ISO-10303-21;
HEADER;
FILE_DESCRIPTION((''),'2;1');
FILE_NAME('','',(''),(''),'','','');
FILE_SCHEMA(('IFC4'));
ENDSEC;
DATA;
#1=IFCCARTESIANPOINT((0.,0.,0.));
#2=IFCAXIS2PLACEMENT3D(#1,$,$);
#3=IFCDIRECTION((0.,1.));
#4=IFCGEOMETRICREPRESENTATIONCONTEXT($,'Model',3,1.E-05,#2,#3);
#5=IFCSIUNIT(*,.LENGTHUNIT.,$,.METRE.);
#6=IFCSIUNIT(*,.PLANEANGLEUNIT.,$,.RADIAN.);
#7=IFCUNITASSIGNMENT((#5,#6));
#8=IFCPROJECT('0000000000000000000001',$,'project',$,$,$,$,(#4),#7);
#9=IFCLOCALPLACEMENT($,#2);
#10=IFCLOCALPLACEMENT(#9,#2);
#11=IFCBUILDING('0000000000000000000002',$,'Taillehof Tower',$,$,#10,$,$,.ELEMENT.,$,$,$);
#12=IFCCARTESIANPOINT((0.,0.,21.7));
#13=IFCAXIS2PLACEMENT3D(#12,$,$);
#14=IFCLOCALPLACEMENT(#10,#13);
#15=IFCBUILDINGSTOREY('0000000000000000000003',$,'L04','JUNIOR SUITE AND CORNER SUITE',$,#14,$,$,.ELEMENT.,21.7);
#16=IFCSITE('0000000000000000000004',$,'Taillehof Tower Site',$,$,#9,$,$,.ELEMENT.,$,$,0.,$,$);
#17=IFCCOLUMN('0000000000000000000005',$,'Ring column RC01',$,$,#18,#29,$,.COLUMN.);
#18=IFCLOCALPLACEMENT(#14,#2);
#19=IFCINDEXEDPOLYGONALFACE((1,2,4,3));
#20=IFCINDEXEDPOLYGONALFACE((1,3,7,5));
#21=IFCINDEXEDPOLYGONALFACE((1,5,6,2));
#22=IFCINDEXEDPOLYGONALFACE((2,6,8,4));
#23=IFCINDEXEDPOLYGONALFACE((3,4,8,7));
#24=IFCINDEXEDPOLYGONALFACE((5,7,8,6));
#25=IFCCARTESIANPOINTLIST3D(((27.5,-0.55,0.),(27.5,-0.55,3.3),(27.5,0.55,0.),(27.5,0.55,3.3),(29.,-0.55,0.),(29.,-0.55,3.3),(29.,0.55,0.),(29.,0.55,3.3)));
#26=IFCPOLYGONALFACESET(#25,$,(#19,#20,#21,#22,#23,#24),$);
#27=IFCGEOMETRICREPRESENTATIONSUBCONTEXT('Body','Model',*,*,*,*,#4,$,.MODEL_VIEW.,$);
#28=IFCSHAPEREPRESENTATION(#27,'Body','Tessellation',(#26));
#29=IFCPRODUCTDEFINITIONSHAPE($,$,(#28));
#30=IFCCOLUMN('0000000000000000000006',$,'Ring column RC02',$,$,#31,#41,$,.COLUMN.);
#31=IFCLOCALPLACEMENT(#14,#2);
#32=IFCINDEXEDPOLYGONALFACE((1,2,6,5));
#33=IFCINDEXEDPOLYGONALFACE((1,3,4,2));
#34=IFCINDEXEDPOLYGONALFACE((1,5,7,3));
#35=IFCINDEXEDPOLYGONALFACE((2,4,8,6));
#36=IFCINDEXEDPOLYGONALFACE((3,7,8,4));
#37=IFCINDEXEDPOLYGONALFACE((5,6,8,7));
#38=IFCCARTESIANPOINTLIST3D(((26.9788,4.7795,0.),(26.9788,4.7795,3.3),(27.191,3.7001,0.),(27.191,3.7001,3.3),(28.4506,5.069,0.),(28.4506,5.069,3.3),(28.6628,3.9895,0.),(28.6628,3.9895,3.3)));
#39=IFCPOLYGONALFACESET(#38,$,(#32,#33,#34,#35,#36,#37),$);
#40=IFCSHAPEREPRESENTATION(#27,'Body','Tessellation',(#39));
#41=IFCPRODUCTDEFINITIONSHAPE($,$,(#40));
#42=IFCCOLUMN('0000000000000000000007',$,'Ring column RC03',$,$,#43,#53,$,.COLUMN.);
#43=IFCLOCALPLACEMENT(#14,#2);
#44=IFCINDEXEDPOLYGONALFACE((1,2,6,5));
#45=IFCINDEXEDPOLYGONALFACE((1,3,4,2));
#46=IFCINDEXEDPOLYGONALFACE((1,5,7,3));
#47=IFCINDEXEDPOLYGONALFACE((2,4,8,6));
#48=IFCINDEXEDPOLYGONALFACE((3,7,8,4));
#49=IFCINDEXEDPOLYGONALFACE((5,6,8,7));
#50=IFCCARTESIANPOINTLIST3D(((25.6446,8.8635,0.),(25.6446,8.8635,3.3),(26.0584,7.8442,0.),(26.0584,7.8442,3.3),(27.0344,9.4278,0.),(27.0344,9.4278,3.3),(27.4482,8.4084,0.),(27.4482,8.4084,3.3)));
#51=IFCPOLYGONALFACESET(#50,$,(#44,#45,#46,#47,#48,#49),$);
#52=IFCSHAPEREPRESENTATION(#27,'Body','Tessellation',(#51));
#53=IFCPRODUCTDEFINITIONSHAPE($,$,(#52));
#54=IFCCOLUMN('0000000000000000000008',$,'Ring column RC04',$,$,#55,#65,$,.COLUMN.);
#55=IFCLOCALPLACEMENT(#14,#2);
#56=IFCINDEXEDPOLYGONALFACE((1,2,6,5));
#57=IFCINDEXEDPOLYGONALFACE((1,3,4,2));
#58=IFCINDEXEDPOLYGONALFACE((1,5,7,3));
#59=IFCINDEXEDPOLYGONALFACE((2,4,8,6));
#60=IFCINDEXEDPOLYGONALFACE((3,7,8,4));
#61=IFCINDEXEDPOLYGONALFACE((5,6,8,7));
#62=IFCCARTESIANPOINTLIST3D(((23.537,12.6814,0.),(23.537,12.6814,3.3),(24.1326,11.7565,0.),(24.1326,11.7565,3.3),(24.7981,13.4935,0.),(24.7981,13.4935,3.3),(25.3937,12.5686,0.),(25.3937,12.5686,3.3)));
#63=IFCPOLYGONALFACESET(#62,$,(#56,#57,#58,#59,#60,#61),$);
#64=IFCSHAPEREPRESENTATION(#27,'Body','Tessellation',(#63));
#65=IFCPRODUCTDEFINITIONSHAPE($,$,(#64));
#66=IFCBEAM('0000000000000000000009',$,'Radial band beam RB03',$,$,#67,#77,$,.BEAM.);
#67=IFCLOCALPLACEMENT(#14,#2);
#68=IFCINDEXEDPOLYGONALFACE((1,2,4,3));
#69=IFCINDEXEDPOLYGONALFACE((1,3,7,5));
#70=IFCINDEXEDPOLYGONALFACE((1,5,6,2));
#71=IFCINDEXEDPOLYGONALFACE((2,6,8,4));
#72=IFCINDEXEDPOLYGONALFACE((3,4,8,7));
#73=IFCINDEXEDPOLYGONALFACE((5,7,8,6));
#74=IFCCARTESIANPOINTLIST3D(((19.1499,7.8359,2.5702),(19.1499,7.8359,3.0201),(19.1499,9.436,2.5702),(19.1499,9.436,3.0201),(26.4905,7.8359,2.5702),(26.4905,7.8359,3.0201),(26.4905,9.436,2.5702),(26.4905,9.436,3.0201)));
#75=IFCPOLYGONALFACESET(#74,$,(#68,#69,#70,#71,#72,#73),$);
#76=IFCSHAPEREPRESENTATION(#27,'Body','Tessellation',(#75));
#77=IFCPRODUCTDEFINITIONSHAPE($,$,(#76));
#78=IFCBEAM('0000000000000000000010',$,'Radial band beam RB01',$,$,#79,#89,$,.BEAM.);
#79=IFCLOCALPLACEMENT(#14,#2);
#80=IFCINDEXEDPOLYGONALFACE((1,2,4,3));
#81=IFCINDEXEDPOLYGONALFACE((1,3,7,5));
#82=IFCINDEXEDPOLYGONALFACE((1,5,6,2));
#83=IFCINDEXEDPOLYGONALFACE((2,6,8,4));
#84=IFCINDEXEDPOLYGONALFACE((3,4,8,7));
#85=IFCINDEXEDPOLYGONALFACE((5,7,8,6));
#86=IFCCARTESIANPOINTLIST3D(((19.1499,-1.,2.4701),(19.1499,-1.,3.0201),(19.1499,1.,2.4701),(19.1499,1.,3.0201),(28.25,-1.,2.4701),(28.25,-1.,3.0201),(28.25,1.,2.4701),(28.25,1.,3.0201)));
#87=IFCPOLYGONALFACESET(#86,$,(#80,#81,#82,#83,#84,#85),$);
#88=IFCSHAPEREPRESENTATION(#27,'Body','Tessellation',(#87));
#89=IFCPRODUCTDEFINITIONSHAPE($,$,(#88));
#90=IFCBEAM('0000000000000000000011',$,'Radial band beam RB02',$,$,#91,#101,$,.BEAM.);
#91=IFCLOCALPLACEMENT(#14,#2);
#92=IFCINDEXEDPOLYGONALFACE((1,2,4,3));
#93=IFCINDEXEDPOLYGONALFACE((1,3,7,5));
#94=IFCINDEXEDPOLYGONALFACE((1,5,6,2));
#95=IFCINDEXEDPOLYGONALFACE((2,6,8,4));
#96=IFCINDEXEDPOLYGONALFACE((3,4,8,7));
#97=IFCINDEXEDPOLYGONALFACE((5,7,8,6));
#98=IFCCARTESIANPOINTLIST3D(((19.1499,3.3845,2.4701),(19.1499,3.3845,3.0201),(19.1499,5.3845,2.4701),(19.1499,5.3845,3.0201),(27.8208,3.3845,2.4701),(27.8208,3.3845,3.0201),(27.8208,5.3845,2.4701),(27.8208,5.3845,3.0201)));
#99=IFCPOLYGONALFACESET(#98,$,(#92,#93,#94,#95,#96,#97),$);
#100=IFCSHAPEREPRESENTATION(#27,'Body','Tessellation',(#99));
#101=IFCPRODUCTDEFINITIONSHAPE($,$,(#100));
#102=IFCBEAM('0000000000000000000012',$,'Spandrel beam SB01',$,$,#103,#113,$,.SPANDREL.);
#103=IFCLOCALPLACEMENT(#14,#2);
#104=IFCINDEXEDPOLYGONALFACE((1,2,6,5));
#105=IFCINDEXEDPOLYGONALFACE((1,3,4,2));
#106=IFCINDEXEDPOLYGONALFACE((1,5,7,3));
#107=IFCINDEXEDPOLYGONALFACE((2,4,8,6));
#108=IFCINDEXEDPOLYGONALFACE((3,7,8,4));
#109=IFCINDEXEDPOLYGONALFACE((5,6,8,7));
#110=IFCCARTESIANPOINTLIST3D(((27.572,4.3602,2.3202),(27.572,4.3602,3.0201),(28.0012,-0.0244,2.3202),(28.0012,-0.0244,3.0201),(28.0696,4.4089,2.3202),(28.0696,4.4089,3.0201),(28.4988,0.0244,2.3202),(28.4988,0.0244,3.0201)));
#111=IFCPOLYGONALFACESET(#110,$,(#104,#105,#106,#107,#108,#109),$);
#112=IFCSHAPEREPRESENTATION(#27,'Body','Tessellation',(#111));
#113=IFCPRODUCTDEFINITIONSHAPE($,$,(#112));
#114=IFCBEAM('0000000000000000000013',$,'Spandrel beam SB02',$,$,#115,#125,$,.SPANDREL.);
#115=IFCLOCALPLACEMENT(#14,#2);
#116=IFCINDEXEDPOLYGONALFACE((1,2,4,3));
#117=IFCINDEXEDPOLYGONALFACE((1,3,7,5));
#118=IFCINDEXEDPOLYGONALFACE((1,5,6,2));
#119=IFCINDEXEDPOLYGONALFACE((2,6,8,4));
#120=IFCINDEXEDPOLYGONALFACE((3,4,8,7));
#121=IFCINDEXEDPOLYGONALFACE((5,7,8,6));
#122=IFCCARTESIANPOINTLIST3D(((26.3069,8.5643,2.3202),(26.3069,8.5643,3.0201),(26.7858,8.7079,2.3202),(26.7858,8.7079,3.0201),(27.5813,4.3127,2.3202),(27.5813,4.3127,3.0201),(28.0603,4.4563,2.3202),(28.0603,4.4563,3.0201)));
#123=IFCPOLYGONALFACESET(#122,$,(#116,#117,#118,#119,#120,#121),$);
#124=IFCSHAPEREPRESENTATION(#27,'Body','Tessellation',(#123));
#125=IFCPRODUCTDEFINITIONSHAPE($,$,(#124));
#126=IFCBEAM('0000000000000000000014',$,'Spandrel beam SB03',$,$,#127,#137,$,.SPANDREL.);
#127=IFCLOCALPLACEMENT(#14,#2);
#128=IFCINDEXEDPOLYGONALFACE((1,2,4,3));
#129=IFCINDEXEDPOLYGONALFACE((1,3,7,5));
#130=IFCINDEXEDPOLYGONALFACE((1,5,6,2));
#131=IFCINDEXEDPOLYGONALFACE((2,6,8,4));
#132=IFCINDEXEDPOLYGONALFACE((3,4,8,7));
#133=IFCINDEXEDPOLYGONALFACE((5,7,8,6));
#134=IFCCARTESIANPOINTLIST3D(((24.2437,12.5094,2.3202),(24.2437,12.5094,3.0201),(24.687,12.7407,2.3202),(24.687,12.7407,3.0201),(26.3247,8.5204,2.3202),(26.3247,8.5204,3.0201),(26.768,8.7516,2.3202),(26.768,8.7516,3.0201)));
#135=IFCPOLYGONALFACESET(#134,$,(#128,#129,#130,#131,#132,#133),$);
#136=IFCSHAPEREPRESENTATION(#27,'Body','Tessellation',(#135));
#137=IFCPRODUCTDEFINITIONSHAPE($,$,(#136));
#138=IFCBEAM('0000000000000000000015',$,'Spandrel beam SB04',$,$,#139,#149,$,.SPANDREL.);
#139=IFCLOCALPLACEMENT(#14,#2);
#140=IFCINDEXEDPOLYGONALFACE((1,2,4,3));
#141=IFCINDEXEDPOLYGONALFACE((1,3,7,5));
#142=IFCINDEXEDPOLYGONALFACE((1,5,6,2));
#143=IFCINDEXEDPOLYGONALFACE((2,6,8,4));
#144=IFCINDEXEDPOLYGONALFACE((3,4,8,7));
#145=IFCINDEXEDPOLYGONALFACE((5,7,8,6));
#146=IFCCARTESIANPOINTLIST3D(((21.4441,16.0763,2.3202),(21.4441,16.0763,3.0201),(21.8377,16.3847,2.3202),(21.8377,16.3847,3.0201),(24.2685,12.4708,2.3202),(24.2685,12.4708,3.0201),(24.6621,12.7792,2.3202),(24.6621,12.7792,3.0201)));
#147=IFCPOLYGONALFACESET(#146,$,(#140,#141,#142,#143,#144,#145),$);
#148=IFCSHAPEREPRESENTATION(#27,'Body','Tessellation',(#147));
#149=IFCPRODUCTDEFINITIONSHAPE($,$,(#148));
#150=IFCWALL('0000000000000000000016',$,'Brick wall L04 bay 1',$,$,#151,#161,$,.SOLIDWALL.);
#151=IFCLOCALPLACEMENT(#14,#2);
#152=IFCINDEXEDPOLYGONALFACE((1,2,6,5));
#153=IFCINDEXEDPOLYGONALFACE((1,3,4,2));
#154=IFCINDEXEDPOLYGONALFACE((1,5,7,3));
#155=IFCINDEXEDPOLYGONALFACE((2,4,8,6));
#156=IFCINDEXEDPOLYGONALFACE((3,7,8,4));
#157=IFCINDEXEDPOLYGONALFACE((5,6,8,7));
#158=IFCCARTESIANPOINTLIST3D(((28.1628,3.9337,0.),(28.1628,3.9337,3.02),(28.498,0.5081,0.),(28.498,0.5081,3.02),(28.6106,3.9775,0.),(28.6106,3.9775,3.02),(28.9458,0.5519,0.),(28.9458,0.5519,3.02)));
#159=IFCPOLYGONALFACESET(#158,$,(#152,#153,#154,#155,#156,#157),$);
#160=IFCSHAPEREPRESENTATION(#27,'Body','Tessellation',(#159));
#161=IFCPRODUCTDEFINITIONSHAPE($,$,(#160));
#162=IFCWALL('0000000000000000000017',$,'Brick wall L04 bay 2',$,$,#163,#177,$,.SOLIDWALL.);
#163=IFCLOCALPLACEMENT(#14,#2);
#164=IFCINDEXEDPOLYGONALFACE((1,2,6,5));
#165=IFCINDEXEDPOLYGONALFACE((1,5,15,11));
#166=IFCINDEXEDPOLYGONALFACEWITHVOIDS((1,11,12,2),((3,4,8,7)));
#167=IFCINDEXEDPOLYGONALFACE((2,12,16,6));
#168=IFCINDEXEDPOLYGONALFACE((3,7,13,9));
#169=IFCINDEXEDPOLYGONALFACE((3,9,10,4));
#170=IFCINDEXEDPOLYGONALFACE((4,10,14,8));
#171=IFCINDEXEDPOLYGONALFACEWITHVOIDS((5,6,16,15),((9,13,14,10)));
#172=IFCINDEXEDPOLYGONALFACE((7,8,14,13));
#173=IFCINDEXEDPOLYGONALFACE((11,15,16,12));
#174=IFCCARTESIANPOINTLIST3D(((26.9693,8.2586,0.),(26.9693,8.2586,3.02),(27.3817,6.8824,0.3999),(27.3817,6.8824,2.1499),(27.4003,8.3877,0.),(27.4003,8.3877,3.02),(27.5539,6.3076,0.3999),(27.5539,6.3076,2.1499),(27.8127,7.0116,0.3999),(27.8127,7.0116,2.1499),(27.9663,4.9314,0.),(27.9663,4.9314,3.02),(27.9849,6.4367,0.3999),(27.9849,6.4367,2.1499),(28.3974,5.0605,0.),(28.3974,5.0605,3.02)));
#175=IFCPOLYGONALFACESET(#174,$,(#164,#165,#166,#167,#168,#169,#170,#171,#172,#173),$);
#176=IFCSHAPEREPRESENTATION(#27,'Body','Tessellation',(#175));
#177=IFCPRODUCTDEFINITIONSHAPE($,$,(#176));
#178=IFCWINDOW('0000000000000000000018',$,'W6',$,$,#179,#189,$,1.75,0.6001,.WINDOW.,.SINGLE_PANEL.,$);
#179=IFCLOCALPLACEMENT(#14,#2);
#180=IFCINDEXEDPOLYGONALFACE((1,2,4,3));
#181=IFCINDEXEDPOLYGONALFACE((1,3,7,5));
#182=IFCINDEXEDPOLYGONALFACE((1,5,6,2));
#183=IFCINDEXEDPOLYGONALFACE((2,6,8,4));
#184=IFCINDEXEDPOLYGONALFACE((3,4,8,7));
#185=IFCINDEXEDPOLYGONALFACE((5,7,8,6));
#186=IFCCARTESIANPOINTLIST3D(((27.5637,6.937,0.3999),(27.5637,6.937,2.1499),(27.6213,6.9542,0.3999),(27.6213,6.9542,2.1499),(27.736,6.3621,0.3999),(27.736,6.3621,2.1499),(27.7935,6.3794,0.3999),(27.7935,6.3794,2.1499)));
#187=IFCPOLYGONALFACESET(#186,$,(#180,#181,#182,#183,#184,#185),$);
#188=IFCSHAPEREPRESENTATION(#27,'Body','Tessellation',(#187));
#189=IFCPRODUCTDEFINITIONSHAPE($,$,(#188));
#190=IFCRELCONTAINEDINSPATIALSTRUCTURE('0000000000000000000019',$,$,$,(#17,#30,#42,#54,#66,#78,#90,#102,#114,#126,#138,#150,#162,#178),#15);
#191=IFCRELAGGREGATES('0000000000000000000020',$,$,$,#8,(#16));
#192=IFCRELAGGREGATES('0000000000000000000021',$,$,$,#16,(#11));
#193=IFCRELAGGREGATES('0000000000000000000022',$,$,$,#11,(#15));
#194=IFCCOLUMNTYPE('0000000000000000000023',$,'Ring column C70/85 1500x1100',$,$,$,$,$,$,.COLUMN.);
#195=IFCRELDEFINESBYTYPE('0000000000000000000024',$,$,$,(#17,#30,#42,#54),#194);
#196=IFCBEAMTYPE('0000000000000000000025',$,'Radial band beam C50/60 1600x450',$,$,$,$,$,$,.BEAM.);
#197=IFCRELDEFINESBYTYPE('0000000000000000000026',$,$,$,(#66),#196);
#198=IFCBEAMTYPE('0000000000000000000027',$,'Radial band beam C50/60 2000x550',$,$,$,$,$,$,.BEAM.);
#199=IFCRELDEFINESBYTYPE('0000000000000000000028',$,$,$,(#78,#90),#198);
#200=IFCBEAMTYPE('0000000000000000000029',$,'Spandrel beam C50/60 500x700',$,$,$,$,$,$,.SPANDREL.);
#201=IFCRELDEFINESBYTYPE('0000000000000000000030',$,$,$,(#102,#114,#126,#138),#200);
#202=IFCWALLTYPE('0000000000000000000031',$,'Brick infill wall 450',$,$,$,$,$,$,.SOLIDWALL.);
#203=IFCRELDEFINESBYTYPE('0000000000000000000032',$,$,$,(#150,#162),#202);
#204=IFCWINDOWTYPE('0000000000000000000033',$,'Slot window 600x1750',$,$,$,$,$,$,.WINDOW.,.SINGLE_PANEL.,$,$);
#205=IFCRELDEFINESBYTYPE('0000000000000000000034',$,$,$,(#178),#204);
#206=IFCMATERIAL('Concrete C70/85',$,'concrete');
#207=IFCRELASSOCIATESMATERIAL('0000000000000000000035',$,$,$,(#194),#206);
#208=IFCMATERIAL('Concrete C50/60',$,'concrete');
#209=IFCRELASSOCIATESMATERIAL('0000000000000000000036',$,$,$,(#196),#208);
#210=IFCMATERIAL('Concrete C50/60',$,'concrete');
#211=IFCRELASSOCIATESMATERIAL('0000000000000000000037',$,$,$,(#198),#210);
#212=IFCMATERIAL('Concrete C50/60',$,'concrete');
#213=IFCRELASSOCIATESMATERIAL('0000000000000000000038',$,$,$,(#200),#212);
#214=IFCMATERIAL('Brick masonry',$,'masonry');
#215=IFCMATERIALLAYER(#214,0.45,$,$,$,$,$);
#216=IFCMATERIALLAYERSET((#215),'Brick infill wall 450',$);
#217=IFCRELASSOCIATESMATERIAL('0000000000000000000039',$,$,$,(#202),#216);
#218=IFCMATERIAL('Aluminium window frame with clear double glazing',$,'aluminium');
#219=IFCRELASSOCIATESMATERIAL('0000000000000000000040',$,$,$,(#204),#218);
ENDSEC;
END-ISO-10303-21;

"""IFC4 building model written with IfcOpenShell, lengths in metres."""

from ifc_helpers import new_model, si_unit, direction, frame, frame_2d, origin, origin_2d, place, context, subcontext, project, spatial, rectangle, extrude, material, layer, layer_set, material_profile, profile_set, type_object, element, fill, save


model = new_model("IFC4")

# Units and contexts
model_context = context("Model", 3, precision=1e-05, world=origin(), true_north=direction((0.0, 1.0)))
body_context = subcontext(model_context, "Body", "Model", "MODEL_VIEW")
ifc_project = project(units=[si_unit("LENGTHUNIT", "METRE"), si_unit("PLANEANGLEUNIT", "RADIAN")], contexts=[model_context])

# Site, building, storey
site_placement = place(None, origin())
site = spatial("IfcSite", under=ifc_project, at=site_placement, Name="Taillehof Tower Site", CompositionType="ELEMENT", RefElevation=0.0)
building_placement = place(site_placement, origin())
building = spatial("IfcBuilding", under=site, at=building_placement, Name="Taillehof Tower", CompositionType="ELEMENT")
storey_placement = place(building_placement, frame((0.0, 0.0, 21.7)))
storey = spatial("IfcBuildingStorey", under=building, at=storey_placement, Name="L04", Description="JUNIOR SUITE AND CORNER SUITE", CompositionType="ELEMENT", Elevation=21.7)

# Columns
ifc_material_1 = material(Name="Concrete C70/85", Category="concrete")
ifc_material_profile_1 = material_profile(ifc_material_1, rectangle(XDim=1.5, YDim=1.1001, at=origin_2d()), Name="RC 1500x1100")
ifc_profile_set_1 = profile_set([ifc_material_profile_1], Name="Concrete C70/85")
column_type = type_object("IfcColumnType", Name="Ring column C70/85 1500x1100", PredefinedType="COLUMN", material=ifc_profile_set_1)
for number, where, z_axis, x_axis, name in (
    (1, (28.25, 0.0, 0.0), (0.0, 0.0, 1.0), (1.0, 0.0, 0.0), "Ring column RC01"),
    (2, (27.8208, 4.3845, 0.0), (0.0, 0.0, 1.0), (0.981204, 0.192976, 0.0), "Ring column RC02"),
    (3, (26.5464, 8.636, 0.0), (0.0, 0.0, 1.0), (0.926558, 0.376152, 0.0), "Ring column RC03"),
    (4, (24.4653, 12.625, 0.0), (0.0, 0.0, 1.0), (0.840754, 0.541418, 0.0), "Ring column RC04"),
):
    element("IfcColumn", number, at=place(storey_placement, frame(where, z_axis=z_axis, x_axis=x_axis)), inside=storey, type_object=column_type, Name=name, PredefinedType="COLUMN", context=body_context, shape_type="SweptSolid", body=[
        extrude(rectangle(XDim=1.5, YDim=1.1001, at=origin_2d()), origin(), (0.0, 0.0, 1.0), 3.3),
    ])

# Beams
ifc_material_2 = material(Name="Concrete C50/60", Category="concrete")
ifc_material_profile_2 = material_profile(ifc_material_2, rectangle(XDim=1.6001, YDim=0.45, at=origin_2d()), Name="RC 1600x450")
ifc_profile_set_2 = profile_set([ifc_material_profile_2], Name="Concrete C50/60")
beam_type_1 = type_object("IfcBeamType", Name="Radial band beam C50/60 1600x450", PredefinedType="BEAM", material=ifc_profile_set_2)
beam_1_placement = place(storey_placement, frame((26.4905, 8.636, 2.7952), z_axis=(-1.0, 0.0, 0.0), x_axis=(0.0, -1.0, 0.0)))
element("IfcBeam", 5, at=beam_1_placement, inside=storey, type_object=beam_type_1, Name="Radial band beam RB03", PredefinedType="BEAM", context=body_context, shape_type="SweptSolid", body=[
    extrude(rectangle(XDim=1.6001, YDim=0.45, at=origin_2d()), origin(), (0.0, 0.0, 1.0), 7.3406),
])
ifc_material_3 = material(Name="Concrete C50/60", Category="concrete")
ifc_material_profile_3 = material_profile(ifc_material_3, rectangle(XDim=2.0, YDim=0.55, at=origin_2d()), Name="RC 2000x550")
ifc_profile_set_3 = profile_set([ifc_material_profile_3], Name="Concrete C50/60")
beam_type_2 = type_object("IfcBeamType", Name="Radial band beam C50/60 2000x550", PredefinedType="BEAM", material=ifc_profile_set_3)
beam_2_placement = place(storey_placement, frame((28.25, 0.0, 2.7451), z_axis=(-1.0, 0.0, 0.0), x_axis=(0.0, -1.0, 0.0)))
element("IfcBeam", 6, at=beam_2_placement, inside=storey, type_object=beam_type_2, Name="Radial band beam RB01", PredefinedType="BEAM", context=body_context, shape_type="SweptSolid", body=[
    extrude(rectangle(XDim=2.0, YDim=0.55, at=origin_2d()), origin(), (0.0, 0.0, 1.0), 9.1001),
])
beam_3_placement = place(storey_placement, frame((27.8208, 4.3845, 2.7451), z_axis=(-1.0, 0.0, 0.0), x_axis=(0.0, -1.0, 0.0)))
element("IfcBeam", 7, at=beam_3_placement, inside=storey, type_object=beam_type_2, Name="Radial band beam RB02", PredefinedType="BEAM", context=body_context, shape_type="SweptSolid", body=[
    extrude(rectangle(XDim=2.0, YDim=0.55, at=origin_2d()), origin(), (0.0, 0.0, 1.0), 8.6709),
])
ifc_material_4 = material(Name="Concrete C50/60", Category="concrete")
ifc_material_profile_4 = material_profile(ifc_material_4, rectangle(XDim=0.5, YDim=0.7, at=origin_2d()), Name="RC 500x700")
ifc_profile_set_4 = profile_set([ifc_material_profile_4], Name="Concrete C50/60")
beam_type_3 = type_object("IfcBeamType", Name="Spandrel beam C50/60 500x700", PredefinedType="SPANDREL", material=ifc_profile_set_4)
beam_4_placement = place(storey_placement, frame((28.25, 0.0, 2.6702), z_axis=(-0.097424, 0.995243, 0.0), x_axis=(-0.995243, -0.097424, 0.0)))
element("IfcBeam", 8, at=beam_4_placement, inside=storey, type_object=beam_type_3, Name="Spandrel beam SB01", PredefinedType="SPANDREL", context=body_context, shape_type="SweptSolid", body=[
    extrude(rectangle(XDim=0.5, YDim=0.7, at=origin_2d()), origin(), (0.0, 0.0, 1.0), 4.4055),
])
beam_5_placement = place(storey_placement, frame((27.8208, 4.3845, 2.6702), z_axis=(-0.287136, 0.95789, 0.0), x_axis=(-0.95789, -0.287136, 0.0)))
element("IfcBeam", 9, at=beam_5_placement, inside=storey, type_object=beam_type_3, Name="Spandrel beam SB02", PredefinedType="SPANDREL", context=body_context, shape_type="SweptSolid", body=[
    extrude(rectangle(XDim=0.5, YDim=0.7, at=origin_2d()), origin(), (0.0, 0.0, 1.0), 4.4385),
])
beam_6_placement = place(storey_placement, frame((26.5464, 8.636, 2.6702), z_axis=(-0.462536, 0.8866, 0.0), x_axis=(-0.8866, -0.462536, 0.0)))
element("IfcBeam", 10, at=beam_6_placement, inside=storey, type_object=beam_type_3, Name="Spandrel beam SB03", PredefinedType="SPANDREL", context=body_context, shape_type="SweptSolid", body=[
    extrude(rectangle(XDim=0.5, YDim=0.7, at=origin_2d()), origin(), (0.0, 0.0, 1.0), 4.4993),
])
beam_7_placement = place(storey_placement, frame((24.4653, 12.625, 2.6702), z_axis=(-0.616686, 0.787209, 0.0), x_axis=(-0.787209, -0.616686, 0.0)))
element("IfcBeam", 11, at=beam_7_placement, inside=storey, type_object=beam_type_3, Name="Spandrel beam SB04", PredefinedType="SPANDREL", context=body_context, shape_type="SweptSolid", body=[
    extrude(rectangle(XDim=0.5, YDim=0.7, at=origin_2d()), origin(), (0.0, 0.0, 1.0), 4.5801),
])

# Wall
ifc_material_5 = material(Name="Brick masonry", Category="masonry")
ifc_layer_1 = layer(ifc_material_5, 0.45)
ifc_layer_set_1 = layer_set([ifc_layer_1], Name="Brick infill wall 450")
wall_type_1 = type_object("IfcWallType", Name="Brick infill wall 450", PredefinedType="SOLIDWALL", material=ifc_layer_set_1)
wall_1_placement = place(storey_placement, frame((28.7219, 0.53, 0.0), z_axis=(0.0, 0.0, 1.0), x_axis=(-0.09739, 0.995246, 0.0)))
element("IfcWall", 12, at=wall_1_placement, inside=storey, type_object=wall_type_1, Name="Brick wall L04 bay 1", PredefinedType="SOLIDWALL", context=body_context, shape_type="SweptSolid", body=[
    extrude(rectangle(XDim=3.4419, YDim=0.45, at=frame_2d((1.7209, 0.0))), origin(), (0.0, 0.0, 1.0), 3.02),
])

# Wall, opening, window
wall_2_placement = place(storey_placement, frame((28.1819, 4.9958, 0.0), z_axis=(0.0, 0.0, 1.0), x_axis=(-0.287064, 0.957911, 0.0)))
wall_2 = element("IfcWall", 13, at=wall_2_placement, inside=storey, type_object=wall_type_1, Name="Brick wall L04 bay 2", PredefinedType="SOLIDWALL", context=body_context, shape_type="SweptSolid", body=[
    extrude(rectangle(XDim=3.4734, YDim=0.45, at=frame_2d((1.7368, 0.0))), origin(), (0.0, 0.0, 1.0), 3.02),
])
opening_1_placement = place(wall_2_placement, frame((1.4368, 0.0, 0.3999)))
opening_1 = element("IfcOpeningElement", 14, at=opening_1_placement, cuts=wall_2, PredefinedType="OPENING", context=body_context, shape_type="SweptSolid", body=[
    extrude(rectangle(XDim=0.6001, YDim=1.75, at=frame_2d((0.3, 0.875))), frame((0.0, 0.2349, 0.0), z_axis=(0.0, -1.0, 0.0), x_axis=(1.0, 0.0, 0.0)), (0.0, 0.0, 1.0), 0.47),
])
ifc_material_6 = material(Name="Aluminium window frame with clear double glazing", Category="aluminium")
window_type = type_object("IfcWindowType", Name="Slot window 600x1750", PartitioningType="SINGLE_PANEL", PredefinedType="WINDOW", material=ifc_material_6)
window_placement = place(opening_1_placement, origin())
window = element("IfcWindow", 15, at=window_placement, inside=storey, type_object=window_type, Name="W6", OverallHeight=1.75, OverallWidth=0.6001, PartitioningType="SINGLE_PANEL", PredefinedType="WINDOW", context=body_context, shape_type="SweptSolid", body=[
    extrude(rectangle(XDim=0.6001, YDim=1.75, at=frame_2d((0.3, 0.875))), frame((0.0, 0.0349, 0.0), z_axis=(0.0, -1.0, 0.0), x_axis=(1.0, 0.0, 0.0)), (0.0, 0.0, 1.0), 0.0601),
])
fill(opening_1, window)

save(model, "model.ifc")
